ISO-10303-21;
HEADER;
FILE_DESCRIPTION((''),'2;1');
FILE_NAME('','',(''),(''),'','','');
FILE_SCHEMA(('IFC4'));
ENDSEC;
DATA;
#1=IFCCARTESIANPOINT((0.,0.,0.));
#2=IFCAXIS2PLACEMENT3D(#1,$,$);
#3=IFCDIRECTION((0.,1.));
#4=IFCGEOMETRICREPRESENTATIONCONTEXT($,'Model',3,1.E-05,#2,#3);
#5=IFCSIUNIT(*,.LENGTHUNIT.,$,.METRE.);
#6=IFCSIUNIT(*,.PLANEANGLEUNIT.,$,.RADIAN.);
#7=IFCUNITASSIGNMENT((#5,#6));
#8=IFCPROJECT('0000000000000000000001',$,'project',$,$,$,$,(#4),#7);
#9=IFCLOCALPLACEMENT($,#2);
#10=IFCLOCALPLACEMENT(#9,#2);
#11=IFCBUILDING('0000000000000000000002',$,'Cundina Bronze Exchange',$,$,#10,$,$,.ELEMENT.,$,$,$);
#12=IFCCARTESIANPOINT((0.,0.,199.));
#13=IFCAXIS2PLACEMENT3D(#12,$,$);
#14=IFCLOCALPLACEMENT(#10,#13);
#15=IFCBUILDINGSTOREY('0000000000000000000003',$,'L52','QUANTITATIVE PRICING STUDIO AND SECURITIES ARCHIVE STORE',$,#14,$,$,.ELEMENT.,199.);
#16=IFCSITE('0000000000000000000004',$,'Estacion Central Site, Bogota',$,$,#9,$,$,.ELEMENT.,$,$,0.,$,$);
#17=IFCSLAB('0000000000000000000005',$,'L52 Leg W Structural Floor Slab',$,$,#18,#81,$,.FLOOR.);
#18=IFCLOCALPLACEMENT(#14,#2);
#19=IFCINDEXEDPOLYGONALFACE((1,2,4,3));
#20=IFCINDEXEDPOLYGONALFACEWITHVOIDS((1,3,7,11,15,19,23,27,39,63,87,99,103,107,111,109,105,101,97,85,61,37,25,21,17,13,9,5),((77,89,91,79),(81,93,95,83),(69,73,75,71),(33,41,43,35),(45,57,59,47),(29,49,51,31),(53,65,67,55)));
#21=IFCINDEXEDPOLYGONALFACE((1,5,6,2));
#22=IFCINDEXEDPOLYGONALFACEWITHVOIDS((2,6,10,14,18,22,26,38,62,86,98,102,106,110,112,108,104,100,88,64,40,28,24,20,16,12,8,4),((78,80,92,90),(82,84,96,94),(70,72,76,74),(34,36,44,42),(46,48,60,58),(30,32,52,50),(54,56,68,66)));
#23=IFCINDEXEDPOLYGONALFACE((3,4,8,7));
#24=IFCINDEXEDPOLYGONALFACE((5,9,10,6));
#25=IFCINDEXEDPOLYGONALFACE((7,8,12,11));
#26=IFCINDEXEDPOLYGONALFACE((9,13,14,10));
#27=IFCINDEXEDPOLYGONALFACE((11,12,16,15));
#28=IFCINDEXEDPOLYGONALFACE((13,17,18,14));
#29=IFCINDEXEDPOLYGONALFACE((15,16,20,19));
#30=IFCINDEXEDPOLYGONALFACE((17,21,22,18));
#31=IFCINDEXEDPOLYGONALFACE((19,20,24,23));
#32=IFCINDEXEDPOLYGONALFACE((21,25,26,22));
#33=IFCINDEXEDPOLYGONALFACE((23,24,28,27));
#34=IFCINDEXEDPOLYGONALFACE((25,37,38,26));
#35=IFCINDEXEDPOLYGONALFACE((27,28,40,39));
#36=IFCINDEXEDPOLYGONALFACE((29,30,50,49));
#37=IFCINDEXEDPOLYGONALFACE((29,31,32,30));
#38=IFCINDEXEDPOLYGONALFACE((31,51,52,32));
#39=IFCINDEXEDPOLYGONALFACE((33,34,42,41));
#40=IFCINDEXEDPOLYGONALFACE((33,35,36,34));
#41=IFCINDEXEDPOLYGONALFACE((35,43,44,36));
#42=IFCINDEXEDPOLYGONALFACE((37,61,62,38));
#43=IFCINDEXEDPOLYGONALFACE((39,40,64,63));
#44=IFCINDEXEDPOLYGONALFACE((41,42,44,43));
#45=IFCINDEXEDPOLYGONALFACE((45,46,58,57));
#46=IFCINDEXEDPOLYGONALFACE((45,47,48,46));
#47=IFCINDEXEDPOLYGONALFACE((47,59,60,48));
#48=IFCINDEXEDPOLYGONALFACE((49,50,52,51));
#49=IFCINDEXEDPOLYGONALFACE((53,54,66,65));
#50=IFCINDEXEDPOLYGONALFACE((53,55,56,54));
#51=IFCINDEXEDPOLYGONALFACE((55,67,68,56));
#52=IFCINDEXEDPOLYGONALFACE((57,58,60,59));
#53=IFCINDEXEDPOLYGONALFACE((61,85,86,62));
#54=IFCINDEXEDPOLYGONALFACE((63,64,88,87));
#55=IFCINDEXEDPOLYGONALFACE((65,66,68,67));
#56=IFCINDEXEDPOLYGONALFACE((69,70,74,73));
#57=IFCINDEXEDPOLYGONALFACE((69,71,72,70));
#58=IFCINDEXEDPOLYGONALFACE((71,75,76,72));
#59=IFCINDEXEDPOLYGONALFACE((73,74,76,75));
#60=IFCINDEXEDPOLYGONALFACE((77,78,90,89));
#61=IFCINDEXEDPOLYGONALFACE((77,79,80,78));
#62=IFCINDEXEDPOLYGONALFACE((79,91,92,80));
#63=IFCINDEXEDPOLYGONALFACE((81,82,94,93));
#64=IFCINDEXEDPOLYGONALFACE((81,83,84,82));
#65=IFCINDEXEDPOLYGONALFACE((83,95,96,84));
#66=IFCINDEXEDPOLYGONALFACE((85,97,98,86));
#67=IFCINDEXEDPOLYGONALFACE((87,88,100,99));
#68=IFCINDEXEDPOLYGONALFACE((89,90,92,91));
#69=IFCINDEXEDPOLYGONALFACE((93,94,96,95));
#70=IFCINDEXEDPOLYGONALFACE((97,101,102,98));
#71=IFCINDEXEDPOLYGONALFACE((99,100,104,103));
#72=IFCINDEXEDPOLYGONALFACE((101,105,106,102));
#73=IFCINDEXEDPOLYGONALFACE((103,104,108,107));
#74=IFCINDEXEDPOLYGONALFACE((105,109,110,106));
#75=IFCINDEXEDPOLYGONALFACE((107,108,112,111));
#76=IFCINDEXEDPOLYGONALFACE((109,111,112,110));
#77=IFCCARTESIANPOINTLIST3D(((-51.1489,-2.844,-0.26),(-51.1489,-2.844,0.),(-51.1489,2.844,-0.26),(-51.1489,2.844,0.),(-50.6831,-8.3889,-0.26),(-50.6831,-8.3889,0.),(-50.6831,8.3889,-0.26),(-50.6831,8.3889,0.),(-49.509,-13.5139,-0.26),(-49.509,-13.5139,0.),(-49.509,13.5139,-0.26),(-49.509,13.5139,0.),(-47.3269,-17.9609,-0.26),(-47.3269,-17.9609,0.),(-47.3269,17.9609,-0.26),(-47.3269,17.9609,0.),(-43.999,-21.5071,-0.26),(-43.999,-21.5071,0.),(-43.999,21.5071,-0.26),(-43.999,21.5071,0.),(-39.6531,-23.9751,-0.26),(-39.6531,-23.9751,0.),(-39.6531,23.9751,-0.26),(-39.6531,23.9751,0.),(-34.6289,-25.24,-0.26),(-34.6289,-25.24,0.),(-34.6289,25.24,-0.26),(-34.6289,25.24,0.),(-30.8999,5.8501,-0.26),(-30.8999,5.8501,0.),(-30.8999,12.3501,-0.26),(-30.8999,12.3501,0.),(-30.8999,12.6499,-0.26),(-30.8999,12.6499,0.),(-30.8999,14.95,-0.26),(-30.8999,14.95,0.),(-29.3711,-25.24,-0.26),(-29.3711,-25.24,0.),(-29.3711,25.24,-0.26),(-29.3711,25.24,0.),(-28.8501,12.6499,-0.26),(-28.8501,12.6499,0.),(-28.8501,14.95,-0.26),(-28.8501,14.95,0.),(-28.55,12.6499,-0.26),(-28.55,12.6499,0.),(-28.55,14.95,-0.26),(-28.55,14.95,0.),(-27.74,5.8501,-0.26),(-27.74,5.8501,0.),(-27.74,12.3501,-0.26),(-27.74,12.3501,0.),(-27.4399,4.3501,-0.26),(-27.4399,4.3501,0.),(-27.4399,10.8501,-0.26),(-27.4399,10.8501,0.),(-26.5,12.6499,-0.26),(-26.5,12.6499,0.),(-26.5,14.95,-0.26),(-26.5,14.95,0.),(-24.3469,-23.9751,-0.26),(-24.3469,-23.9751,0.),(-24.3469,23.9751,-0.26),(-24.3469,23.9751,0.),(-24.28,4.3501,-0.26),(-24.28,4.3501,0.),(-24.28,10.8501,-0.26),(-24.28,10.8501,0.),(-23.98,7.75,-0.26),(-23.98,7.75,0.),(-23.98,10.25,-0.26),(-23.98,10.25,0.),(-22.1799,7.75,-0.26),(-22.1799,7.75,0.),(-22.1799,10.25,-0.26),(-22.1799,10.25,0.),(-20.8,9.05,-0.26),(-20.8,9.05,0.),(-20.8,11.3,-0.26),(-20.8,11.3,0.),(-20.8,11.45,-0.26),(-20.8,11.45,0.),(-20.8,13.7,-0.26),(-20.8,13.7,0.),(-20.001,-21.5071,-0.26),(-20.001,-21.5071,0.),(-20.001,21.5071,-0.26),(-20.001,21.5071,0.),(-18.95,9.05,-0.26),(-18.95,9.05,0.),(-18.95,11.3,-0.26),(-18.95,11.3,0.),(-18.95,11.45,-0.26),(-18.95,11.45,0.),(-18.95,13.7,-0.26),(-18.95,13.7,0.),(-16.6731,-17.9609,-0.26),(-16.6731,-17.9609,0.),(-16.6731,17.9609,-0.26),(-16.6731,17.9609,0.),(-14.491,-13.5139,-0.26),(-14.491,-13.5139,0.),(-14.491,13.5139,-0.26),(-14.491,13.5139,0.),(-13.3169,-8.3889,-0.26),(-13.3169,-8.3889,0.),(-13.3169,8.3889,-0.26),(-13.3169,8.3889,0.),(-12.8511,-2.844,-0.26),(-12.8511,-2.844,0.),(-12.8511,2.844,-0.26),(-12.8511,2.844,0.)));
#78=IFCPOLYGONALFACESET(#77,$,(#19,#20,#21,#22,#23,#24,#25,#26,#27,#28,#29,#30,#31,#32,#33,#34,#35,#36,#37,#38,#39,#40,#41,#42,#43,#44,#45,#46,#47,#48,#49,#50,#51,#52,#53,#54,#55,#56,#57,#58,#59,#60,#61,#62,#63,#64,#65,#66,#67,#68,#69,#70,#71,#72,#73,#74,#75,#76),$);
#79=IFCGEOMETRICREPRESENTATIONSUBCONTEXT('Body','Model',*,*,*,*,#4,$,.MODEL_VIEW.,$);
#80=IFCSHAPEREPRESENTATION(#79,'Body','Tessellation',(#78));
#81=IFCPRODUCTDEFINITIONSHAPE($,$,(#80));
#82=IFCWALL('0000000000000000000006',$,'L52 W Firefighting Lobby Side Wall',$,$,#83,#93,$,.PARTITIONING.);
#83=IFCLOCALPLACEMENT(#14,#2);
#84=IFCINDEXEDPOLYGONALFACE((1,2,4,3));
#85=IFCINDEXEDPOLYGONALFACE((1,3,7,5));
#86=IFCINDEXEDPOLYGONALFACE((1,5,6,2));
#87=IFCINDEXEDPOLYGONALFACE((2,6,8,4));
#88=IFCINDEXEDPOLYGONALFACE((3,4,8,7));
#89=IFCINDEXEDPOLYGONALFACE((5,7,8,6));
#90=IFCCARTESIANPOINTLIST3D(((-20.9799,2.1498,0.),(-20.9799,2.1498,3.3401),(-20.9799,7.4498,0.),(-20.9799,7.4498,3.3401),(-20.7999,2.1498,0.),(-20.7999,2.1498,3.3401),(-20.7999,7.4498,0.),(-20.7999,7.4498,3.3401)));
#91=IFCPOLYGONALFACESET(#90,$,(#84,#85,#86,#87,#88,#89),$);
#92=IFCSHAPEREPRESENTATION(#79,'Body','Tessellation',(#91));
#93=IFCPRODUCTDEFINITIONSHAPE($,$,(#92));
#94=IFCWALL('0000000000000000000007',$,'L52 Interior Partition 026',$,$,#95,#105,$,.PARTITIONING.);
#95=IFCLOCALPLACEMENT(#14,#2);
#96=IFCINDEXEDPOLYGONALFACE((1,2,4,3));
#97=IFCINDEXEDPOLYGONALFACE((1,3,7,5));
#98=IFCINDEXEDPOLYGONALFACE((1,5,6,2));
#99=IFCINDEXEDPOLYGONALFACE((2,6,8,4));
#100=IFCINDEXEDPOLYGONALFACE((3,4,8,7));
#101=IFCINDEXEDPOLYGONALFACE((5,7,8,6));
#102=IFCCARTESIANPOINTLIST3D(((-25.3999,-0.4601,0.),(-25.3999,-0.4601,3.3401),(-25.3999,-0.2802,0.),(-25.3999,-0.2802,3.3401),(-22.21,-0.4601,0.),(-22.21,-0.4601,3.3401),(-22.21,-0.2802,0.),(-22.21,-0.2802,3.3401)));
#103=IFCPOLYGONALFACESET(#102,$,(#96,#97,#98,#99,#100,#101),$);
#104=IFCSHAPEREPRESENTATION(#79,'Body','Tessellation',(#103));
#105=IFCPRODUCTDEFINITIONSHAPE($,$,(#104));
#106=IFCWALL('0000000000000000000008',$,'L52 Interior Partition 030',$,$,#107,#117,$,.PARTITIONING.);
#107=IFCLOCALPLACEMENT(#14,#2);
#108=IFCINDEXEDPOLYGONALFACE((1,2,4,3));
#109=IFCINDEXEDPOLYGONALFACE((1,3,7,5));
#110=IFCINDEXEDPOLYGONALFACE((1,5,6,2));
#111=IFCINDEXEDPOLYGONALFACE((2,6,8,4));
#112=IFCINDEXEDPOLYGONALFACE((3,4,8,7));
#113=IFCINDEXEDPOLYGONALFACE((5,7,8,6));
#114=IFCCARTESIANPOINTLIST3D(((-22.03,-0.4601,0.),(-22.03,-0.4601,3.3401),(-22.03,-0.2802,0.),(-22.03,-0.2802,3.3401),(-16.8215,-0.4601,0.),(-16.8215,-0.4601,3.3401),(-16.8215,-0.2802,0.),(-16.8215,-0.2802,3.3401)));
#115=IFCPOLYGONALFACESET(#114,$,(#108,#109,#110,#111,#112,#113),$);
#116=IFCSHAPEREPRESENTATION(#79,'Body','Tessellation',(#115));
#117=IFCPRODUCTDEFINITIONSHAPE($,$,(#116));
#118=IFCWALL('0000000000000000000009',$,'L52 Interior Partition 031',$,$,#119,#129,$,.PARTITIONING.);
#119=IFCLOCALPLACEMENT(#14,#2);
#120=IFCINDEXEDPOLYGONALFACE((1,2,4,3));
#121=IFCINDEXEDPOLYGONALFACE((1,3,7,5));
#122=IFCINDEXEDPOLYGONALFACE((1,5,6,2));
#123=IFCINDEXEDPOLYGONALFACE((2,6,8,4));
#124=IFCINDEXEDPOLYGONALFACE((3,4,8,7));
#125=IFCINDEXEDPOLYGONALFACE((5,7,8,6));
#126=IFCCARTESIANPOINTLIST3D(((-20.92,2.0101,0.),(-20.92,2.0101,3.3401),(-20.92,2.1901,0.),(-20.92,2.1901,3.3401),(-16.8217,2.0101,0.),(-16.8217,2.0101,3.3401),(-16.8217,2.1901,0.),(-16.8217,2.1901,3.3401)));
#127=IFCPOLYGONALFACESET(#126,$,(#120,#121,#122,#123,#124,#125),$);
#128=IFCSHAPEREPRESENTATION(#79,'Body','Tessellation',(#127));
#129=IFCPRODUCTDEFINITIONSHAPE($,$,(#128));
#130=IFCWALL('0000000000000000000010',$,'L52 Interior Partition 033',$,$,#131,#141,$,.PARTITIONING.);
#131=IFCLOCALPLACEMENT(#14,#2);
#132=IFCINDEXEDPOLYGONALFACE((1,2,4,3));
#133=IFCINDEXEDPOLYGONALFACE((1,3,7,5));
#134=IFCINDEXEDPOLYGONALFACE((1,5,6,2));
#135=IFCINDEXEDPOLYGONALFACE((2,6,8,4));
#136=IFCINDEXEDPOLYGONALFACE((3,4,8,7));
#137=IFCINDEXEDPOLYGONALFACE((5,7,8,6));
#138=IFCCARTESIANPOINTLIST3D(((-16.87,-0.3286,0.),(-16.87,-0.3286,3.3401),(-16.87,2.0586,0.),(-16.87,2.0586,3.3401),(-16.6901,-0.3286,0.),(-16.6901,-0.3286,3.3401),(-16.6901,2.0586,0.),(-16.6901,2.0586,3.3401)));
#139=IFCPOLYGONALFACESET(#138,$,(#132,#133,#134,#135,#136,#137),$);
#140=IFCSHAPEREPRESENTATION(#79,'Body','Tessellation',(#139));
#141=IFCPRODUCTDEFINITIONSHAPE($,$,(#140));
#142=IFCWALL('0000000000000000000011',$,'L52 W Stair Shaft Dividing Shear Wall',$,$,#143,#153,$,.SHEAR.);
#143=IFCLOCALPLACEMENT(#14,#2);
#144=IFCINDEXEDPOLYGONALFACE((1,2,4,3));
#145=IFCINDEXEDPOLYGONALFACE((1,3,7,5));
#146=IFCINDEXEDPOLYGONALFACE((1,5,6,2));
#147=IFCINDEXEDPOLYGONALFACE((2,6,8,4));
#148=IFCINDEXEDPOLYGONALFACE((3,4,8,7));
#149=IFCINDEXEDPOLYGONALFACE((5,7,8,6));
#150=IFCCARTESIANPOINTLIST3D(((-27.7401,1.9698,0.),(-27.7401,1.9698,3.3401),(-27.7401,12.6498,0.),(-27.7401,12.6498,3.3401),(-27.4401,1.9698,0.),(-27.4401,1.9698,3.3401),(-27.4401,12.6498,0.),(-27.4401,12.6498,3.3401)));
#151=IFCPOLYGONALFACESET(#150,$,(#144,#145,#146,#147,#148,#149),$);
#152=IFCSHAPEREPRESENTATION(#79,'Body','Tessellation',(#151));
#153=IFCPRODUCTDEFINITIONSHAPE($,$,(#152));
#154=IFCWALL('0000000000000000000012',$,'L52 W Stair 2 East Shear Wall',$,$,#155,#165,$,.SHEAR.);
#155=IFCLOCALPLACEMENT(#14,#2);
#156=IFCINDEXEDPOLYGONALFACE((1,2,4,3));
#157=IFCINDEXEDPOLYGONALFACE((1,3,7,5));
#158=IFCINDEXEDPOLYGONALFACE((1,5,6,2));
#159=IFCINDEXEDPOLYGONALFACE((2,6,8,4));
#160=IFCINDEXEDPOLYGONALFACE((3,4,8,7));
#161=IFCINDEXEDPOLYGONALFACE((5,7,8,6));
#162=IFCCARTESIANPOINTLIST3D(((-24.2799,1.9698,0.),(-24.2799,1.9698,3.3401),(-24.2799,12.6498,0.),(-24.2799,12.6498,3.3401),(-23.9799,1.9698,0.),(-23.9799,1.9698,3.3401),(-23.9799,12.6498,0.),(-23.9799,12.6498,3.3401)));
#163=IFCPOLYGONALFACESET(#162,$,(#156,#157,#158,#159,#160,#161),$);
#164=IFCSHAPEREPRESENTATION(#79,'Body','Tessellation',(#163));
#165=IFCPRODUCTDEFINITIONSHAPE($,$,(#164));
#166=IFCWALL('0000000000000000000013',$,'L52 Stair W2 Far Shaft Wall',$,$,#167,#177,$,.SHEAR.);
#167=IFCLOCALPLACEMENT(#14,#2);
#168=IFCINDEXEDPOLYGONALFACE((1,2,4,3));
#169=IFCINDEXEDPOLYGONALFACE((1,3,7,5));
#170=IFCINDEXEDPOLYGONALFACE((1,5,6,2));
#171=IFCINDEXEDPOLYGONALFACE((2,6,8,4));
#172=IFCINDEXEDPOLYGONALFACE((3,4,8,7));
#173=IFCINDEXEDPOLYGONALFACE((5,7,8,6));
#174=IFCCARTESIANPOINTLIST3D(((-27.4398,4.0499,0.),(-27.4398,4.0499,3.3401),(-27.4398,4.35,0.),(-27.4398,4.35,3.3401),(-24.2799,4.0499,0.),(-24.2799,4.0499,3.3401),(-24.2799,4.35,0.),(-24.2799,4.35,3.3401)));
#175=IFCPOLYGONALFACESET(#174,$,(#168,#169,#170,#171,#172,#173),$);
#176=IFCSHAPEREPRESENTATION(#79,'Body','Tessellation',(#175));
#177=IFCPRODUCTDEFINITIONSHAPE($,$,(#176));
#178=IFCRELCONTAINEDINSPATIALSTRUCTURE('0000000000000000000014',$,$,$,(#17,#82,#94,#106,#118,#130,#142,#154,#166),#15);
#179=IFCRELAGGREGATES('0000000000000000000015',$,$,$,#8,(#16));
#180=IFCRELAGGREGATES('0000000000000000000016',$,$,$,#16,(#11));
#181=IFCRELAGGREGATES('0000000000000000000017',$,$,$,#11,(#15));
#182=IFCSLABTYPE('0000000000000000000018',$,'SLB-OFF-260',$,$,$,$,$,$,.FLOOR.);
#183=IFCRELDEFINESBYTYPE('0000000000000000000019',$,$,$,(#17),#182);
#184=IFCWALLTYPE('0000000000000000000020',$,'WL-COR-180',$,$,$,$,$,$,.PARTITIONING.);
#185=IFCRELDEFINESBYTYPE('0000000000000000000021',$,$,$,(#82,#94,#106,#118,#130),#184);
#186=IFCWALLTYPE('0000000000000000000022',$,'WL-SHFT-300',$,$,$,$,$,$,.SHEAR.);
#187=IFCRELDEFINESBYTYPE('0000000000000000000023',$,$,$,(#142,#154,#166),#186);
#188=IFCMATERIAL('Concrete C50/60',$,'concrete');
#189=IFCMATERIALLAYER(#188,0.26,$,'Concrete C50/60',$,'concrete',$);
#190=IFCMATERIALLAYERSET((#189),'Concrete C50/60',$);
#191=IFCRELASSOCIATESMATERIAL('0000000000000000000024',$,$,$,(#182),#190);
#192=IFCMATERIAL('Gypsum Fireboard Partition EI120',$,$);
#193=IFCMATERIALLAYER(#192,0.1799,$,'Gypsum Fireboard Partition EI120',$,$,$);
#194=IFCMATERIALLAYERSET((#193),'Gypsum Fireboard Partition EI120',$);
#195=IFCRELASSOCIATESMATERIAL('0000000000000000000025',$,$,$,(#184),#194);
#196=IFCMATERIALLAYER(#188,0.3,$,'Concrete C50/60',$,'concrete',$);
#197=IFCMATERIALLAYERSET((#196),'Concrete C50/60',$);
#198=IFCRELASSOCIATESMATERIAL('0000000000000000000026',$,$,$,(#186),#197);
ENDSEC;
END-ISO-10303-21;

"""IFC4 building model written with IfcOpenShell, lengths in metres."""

from ifc_helpers import new_model, si_unit, direction, frame, frame_2d, origin, place, context, subcontext, project, spatial, polyline, rectangle, outline, extrude, material, layer, layer_set, type_object, element, save


model = new_model("IFC4")

# Units and contexts
model_context = context("Model", 3, precision=1e-05, world=origin(), true_north=direction((0.0, 1.0)))
body_context = subcontext(model_context, "Body", "Model", "MODEL_VIEW")
ifc_project = project(units=[si_unit("LENGTHUNIT", "METRE"), si_unit("PLANEANGLEUNIT", "RADIAN")], contexts=[model_context])

# Site, building, storey
site_placement = place(None, origin())
site = spatial("IfcSite", under=ifc_project, at=site_placement, Name="Estacion Central Site, Bogota", CompositionType="ELEMENT", RefElevation=0.0)
building_placement = place(site_placement, origin())
building = spatial("IfcBuilding", under=site, at=building_placement, Name="Cundina Bronze Exchange", CompositionType="ELEMENT")
storey_placement = place(building_placement, frame((0.0, 0.0, 199.0)))
storey = spatial("IfcBuildingStorey", under=building, at=storey_placement, Name="L52", Description="QUANTITATIVE PRICING STUDIO AND SECURITIES ARCHIVE STORE", CompositionType="ELEMENT", Elevation=199.0)

# Shared definitions
ifc_material_1 = material(Name="Concrete C50/60", Category="concrete")

# Slab
ifc_layer_1 = layer(ifc_material_1, 0.26, Name="Concrete C50/60", Category="concrete")
ifc_layer_set_1 = layer_set([ifc_layer_1], Name="Concrete C50/60")
slab_type = type_object("IfcSlabType", Name="SLB-OFF-260", PredefinedType="FLOOR", material=ifc_layer_set_1)
slab_placement = place(storey_placement, frame((0.0, 0.0, -0.26)))
element("IfcSlab", 1, at=slab_placement, inside=storey, type_object=slab_type, Name="L52 Leg W Structural Floor Slab", PredefinedType="FLOOR", context=body_context, shape_type="SweptSolid", body=[
    extrude(outline(polyline([(-12.8511, 2.844), (-13.3169, 8.3889), (-14.491, 13.5139), (-16.6731, 17.9609), (-20.001, 21.5071), (-24.3469, 23.9751), (-29.3711, 25.24), (-34.6289, 25.24), (-39.6531, 23.9751), (-43.999, 21.5071), (-47.3269, 17.9609), (-49.509, 13.5139), (-50.6831, 8.3889), (-51.1489, 2.844), (-51.1489, -2.844), (-50.6831, -8.3889), (-49.509, -13.5139), (-47.3269, -17.9609), (-43.999, -21.5071), (-39.6531, -23.9751), (-34.6289, -25.24), (-29.3711, -25.24), (-24.3469, -23.9751), (-20.001, -21.5071), (-16.6731, -17.9609), (-14.491, -13.5139), (-13.3169, -8.3889), (-12.8511, -2.844), (-12.8511, 2.844)]), holes=[polyline([(-27.74, 5.8501), (-27.74, 12.3501), (-30.8999, 12.3501), (-30.8999, 5.8501), (-27.74, 5.8501)]), polyline([(-27.4399, 10.8501), (-27.4399, 4.3501), (-24.28, 4.3501), (-24.28, 10.8501), (-27.4399, 10.8501)]), polyline([(-23.98, 10.25), (-22.1799, 10.25), (-22.1799, 7.75), (-23.98, 7.75), (-23.98, 10.25)]), polyline([(-30.8999, 14.95), (-28.8501, 14.95), (-28.8501, 12.6499), (-30.8999, 12.6499), (-30.8999, 14.95)]), polyline([(-28.55, 14.95), (-26.5, 14.95), (-26.5, 12.6499), (-28.55, 12.6499), (-28.55, 14.95)]), polyline([(-20.8, 13.7), (-18.95, 13.7), (-18.95, 11.45), (-20.8, 11.45), (-20.8, 13.7)]), polyline([(-20.8, 11.3), (-18.95, 11.3), (-18.95, 9.05), (-20.8, 9.05), (-20.8, 11.3)])]), origin(), (0.0, 0.0, 1.0), 0.26),
])

# Wall
ifc_material_2 = material(Name="Gypsum Fireboard Partition EI120")
ifc_layer_2 = layer(ifc_material_2, 0.1799, Name="Gypsum Fireboard Partition EI120")
ifc_layer_set_2 = layer_set([ifc_layer_2], Name="Gypsum Fireboard Partition EI120")
wall_type_1 = type_object("IfcWallType", Name="WL-COR-180", PredefinedType="PARTITIONING", material=ifc_layer_set_2)
wall_1_placement = place(storey_placement, frame((-20.8899, 2.1499, 0.0), z_axis=(0.0, 0.0, 1.0), x_axis=(0.0, 1.0, 0.0)))
element("IfcWall", 2, at=wall_1_placement, inside=storey, type_object=wall_type_1, Name="L52 W Firefighting Lobby Side Wall", PredefinedType="PARTITIONING", context=body_context, shape_type="SweptSolid", body=[
    extrude(rectangle(XDim=5.3, YDim=0.1799, at=frame_2d((2.6499, 0.0))), origin(), (0.0, 0.0, 1.0), 3.3401),
])

# Walls
wall_2_placement = place(storey_placement, frame((-25.3999, -0.3701, 0.0), z_axis=(0.0, 0.0, 1.0), x_axis=(1.0, 0.0, 0.0)))
element("IfcWall", 3, at=wall_2_placement, inside=storey, type_object=wall_type_1, Name="L52 Interior Partition 026", PredefinedType="PARTITIONING", context=body_context, shape_type="SweptSolid", body=[
    extrude(rectangle(XDim=3.1899, YDim=0.1799, at=frame_2d((1.595, 0.0))), origin(), (0.0, 0.0, 1.0), 3.3401),
])
wall_3_placement = place(storey_placement, frame((-22.03, -0.3701, 0.0), z_axis=(0.0, 0.0, 1.0), x_axis=(1.0, 0.0, 0.0)))
element("IfcWall", 4, at=wall_3_placement, inside=storey, type_object=wall_type_1, Name="L52 Interior Partition 030", PredefinedType="PARTITIONING", context=body_context, shape_type="SweptSolid", body=[
    extrude(rectangle(XDim=5.2085, YDim=0.1799, at=frame_2d((2.6042, 0.0))), origin(), (0.0, 0.0, 1.0), 3.3401),
])
wall_4_placement = place(storey_placement, frame((-16.8215, 2.1001, 0.0), z_axis=(0.0, 0.0, 1.0), x_axis=(-1.0, 0.0, 0.0)))
element("IfcWall", 5, at=wall_4_placement, inside=storey, type_object=wall_type_1, Name="L52 Interior Partition 031", PredefinedType="PARTITIONING", context=body_context, shape_type="SweptSolid", body=[
    extrude(rectangle(XDim=4.0984, YDim=0.1799, at=frame_2d((2.0493, 0.0))), origin(), (0.0, 0.0, 1.0), 3.3401),
])
wall_5_placement = place(storey_placement, frame((-16.78, -0.3286, 0.0), z_axis=(0.0, 0.0, 1.0), x_axis=(0.0, 1.0, 0.0)))
element("IfcWall", 6, at=wall_5_placement, inside=storey, type_object=wall_type_1, Name="L52 Interior Partition 033", PredefinedType="PARTITIONING", context=body_context, shape_type="SweptSolid", body=[
    extrude(rectangle(XDim=2.3872, YDim=0.1799, at=frame_2d((1.1936, 0.0))), origin(), (0.0, 0.0, 1.0), 3.3401),
])
ifc_layer_3 = layer(ifc_material_1, 0.3, Name="Concrete C50/60", Category="concrete")
ifc_layer_set_3 = layer_set([ifc_layer_3], Name="Concrete C50/60")
wall_type_2 = type_object("IfcWallType", Name="WL-SHFT-300", PredefinedType="SHEAR", material=ifc_layer_set_3)
for number, where, z_axis, x_axis, name in (
    (7, (-27.5901, 1.97, 0.0), (0.0, 0.0, 1.0), (0.0, 1.0, 0.0), "L52 W Stair Shaft Dividing Shear Wall"),
    (8, (-24.1299, 1.97, 0.0), (0.0, 0.0, 1.0), (0.0, 1.0, 0.0), "L52 W Stair 2 East Shear Wall"),
):
    element("IfcWall", number, at=place(storey_placement, frame(where, z_axis=z_axis, x_axis=x_axis)), inside=storey, type_object=wall_type_2, Name=name, PredefinedType="SHEAR", context=body_context, shape_type="SweptSolid", body=[
        extrude(rectangle(XDim=10.6799, YDim=0.3, at=frame_2d((5.3398, 0.0))), origin(), (0.0, 0.0, 1.0), 3.3401),
    ])
wall_6_placement = place(storey_placement, frame((-27.4399, 4.2, 0.0), z_axis=(0.0, 0.0, 1.0), x_axis=(1.0, 0.0, 0.0)))
element("IfcWall", 9, at=wall_6_placement, inside=storey, type_object=wall_type_2, Name="L52 Stair W2 Far Shaft Wall", PredefinedType="SHEAR", context=body_context, shape_type="SweptSolid", body=[
    extrude(rectangle(XDim=3.1599, YDim=0.3, at=frame_2d((1.5801, 0.0))), origin(), (0.0, 0.0, 1.0), 3.3401),
])

save(model, "model.ifc")
